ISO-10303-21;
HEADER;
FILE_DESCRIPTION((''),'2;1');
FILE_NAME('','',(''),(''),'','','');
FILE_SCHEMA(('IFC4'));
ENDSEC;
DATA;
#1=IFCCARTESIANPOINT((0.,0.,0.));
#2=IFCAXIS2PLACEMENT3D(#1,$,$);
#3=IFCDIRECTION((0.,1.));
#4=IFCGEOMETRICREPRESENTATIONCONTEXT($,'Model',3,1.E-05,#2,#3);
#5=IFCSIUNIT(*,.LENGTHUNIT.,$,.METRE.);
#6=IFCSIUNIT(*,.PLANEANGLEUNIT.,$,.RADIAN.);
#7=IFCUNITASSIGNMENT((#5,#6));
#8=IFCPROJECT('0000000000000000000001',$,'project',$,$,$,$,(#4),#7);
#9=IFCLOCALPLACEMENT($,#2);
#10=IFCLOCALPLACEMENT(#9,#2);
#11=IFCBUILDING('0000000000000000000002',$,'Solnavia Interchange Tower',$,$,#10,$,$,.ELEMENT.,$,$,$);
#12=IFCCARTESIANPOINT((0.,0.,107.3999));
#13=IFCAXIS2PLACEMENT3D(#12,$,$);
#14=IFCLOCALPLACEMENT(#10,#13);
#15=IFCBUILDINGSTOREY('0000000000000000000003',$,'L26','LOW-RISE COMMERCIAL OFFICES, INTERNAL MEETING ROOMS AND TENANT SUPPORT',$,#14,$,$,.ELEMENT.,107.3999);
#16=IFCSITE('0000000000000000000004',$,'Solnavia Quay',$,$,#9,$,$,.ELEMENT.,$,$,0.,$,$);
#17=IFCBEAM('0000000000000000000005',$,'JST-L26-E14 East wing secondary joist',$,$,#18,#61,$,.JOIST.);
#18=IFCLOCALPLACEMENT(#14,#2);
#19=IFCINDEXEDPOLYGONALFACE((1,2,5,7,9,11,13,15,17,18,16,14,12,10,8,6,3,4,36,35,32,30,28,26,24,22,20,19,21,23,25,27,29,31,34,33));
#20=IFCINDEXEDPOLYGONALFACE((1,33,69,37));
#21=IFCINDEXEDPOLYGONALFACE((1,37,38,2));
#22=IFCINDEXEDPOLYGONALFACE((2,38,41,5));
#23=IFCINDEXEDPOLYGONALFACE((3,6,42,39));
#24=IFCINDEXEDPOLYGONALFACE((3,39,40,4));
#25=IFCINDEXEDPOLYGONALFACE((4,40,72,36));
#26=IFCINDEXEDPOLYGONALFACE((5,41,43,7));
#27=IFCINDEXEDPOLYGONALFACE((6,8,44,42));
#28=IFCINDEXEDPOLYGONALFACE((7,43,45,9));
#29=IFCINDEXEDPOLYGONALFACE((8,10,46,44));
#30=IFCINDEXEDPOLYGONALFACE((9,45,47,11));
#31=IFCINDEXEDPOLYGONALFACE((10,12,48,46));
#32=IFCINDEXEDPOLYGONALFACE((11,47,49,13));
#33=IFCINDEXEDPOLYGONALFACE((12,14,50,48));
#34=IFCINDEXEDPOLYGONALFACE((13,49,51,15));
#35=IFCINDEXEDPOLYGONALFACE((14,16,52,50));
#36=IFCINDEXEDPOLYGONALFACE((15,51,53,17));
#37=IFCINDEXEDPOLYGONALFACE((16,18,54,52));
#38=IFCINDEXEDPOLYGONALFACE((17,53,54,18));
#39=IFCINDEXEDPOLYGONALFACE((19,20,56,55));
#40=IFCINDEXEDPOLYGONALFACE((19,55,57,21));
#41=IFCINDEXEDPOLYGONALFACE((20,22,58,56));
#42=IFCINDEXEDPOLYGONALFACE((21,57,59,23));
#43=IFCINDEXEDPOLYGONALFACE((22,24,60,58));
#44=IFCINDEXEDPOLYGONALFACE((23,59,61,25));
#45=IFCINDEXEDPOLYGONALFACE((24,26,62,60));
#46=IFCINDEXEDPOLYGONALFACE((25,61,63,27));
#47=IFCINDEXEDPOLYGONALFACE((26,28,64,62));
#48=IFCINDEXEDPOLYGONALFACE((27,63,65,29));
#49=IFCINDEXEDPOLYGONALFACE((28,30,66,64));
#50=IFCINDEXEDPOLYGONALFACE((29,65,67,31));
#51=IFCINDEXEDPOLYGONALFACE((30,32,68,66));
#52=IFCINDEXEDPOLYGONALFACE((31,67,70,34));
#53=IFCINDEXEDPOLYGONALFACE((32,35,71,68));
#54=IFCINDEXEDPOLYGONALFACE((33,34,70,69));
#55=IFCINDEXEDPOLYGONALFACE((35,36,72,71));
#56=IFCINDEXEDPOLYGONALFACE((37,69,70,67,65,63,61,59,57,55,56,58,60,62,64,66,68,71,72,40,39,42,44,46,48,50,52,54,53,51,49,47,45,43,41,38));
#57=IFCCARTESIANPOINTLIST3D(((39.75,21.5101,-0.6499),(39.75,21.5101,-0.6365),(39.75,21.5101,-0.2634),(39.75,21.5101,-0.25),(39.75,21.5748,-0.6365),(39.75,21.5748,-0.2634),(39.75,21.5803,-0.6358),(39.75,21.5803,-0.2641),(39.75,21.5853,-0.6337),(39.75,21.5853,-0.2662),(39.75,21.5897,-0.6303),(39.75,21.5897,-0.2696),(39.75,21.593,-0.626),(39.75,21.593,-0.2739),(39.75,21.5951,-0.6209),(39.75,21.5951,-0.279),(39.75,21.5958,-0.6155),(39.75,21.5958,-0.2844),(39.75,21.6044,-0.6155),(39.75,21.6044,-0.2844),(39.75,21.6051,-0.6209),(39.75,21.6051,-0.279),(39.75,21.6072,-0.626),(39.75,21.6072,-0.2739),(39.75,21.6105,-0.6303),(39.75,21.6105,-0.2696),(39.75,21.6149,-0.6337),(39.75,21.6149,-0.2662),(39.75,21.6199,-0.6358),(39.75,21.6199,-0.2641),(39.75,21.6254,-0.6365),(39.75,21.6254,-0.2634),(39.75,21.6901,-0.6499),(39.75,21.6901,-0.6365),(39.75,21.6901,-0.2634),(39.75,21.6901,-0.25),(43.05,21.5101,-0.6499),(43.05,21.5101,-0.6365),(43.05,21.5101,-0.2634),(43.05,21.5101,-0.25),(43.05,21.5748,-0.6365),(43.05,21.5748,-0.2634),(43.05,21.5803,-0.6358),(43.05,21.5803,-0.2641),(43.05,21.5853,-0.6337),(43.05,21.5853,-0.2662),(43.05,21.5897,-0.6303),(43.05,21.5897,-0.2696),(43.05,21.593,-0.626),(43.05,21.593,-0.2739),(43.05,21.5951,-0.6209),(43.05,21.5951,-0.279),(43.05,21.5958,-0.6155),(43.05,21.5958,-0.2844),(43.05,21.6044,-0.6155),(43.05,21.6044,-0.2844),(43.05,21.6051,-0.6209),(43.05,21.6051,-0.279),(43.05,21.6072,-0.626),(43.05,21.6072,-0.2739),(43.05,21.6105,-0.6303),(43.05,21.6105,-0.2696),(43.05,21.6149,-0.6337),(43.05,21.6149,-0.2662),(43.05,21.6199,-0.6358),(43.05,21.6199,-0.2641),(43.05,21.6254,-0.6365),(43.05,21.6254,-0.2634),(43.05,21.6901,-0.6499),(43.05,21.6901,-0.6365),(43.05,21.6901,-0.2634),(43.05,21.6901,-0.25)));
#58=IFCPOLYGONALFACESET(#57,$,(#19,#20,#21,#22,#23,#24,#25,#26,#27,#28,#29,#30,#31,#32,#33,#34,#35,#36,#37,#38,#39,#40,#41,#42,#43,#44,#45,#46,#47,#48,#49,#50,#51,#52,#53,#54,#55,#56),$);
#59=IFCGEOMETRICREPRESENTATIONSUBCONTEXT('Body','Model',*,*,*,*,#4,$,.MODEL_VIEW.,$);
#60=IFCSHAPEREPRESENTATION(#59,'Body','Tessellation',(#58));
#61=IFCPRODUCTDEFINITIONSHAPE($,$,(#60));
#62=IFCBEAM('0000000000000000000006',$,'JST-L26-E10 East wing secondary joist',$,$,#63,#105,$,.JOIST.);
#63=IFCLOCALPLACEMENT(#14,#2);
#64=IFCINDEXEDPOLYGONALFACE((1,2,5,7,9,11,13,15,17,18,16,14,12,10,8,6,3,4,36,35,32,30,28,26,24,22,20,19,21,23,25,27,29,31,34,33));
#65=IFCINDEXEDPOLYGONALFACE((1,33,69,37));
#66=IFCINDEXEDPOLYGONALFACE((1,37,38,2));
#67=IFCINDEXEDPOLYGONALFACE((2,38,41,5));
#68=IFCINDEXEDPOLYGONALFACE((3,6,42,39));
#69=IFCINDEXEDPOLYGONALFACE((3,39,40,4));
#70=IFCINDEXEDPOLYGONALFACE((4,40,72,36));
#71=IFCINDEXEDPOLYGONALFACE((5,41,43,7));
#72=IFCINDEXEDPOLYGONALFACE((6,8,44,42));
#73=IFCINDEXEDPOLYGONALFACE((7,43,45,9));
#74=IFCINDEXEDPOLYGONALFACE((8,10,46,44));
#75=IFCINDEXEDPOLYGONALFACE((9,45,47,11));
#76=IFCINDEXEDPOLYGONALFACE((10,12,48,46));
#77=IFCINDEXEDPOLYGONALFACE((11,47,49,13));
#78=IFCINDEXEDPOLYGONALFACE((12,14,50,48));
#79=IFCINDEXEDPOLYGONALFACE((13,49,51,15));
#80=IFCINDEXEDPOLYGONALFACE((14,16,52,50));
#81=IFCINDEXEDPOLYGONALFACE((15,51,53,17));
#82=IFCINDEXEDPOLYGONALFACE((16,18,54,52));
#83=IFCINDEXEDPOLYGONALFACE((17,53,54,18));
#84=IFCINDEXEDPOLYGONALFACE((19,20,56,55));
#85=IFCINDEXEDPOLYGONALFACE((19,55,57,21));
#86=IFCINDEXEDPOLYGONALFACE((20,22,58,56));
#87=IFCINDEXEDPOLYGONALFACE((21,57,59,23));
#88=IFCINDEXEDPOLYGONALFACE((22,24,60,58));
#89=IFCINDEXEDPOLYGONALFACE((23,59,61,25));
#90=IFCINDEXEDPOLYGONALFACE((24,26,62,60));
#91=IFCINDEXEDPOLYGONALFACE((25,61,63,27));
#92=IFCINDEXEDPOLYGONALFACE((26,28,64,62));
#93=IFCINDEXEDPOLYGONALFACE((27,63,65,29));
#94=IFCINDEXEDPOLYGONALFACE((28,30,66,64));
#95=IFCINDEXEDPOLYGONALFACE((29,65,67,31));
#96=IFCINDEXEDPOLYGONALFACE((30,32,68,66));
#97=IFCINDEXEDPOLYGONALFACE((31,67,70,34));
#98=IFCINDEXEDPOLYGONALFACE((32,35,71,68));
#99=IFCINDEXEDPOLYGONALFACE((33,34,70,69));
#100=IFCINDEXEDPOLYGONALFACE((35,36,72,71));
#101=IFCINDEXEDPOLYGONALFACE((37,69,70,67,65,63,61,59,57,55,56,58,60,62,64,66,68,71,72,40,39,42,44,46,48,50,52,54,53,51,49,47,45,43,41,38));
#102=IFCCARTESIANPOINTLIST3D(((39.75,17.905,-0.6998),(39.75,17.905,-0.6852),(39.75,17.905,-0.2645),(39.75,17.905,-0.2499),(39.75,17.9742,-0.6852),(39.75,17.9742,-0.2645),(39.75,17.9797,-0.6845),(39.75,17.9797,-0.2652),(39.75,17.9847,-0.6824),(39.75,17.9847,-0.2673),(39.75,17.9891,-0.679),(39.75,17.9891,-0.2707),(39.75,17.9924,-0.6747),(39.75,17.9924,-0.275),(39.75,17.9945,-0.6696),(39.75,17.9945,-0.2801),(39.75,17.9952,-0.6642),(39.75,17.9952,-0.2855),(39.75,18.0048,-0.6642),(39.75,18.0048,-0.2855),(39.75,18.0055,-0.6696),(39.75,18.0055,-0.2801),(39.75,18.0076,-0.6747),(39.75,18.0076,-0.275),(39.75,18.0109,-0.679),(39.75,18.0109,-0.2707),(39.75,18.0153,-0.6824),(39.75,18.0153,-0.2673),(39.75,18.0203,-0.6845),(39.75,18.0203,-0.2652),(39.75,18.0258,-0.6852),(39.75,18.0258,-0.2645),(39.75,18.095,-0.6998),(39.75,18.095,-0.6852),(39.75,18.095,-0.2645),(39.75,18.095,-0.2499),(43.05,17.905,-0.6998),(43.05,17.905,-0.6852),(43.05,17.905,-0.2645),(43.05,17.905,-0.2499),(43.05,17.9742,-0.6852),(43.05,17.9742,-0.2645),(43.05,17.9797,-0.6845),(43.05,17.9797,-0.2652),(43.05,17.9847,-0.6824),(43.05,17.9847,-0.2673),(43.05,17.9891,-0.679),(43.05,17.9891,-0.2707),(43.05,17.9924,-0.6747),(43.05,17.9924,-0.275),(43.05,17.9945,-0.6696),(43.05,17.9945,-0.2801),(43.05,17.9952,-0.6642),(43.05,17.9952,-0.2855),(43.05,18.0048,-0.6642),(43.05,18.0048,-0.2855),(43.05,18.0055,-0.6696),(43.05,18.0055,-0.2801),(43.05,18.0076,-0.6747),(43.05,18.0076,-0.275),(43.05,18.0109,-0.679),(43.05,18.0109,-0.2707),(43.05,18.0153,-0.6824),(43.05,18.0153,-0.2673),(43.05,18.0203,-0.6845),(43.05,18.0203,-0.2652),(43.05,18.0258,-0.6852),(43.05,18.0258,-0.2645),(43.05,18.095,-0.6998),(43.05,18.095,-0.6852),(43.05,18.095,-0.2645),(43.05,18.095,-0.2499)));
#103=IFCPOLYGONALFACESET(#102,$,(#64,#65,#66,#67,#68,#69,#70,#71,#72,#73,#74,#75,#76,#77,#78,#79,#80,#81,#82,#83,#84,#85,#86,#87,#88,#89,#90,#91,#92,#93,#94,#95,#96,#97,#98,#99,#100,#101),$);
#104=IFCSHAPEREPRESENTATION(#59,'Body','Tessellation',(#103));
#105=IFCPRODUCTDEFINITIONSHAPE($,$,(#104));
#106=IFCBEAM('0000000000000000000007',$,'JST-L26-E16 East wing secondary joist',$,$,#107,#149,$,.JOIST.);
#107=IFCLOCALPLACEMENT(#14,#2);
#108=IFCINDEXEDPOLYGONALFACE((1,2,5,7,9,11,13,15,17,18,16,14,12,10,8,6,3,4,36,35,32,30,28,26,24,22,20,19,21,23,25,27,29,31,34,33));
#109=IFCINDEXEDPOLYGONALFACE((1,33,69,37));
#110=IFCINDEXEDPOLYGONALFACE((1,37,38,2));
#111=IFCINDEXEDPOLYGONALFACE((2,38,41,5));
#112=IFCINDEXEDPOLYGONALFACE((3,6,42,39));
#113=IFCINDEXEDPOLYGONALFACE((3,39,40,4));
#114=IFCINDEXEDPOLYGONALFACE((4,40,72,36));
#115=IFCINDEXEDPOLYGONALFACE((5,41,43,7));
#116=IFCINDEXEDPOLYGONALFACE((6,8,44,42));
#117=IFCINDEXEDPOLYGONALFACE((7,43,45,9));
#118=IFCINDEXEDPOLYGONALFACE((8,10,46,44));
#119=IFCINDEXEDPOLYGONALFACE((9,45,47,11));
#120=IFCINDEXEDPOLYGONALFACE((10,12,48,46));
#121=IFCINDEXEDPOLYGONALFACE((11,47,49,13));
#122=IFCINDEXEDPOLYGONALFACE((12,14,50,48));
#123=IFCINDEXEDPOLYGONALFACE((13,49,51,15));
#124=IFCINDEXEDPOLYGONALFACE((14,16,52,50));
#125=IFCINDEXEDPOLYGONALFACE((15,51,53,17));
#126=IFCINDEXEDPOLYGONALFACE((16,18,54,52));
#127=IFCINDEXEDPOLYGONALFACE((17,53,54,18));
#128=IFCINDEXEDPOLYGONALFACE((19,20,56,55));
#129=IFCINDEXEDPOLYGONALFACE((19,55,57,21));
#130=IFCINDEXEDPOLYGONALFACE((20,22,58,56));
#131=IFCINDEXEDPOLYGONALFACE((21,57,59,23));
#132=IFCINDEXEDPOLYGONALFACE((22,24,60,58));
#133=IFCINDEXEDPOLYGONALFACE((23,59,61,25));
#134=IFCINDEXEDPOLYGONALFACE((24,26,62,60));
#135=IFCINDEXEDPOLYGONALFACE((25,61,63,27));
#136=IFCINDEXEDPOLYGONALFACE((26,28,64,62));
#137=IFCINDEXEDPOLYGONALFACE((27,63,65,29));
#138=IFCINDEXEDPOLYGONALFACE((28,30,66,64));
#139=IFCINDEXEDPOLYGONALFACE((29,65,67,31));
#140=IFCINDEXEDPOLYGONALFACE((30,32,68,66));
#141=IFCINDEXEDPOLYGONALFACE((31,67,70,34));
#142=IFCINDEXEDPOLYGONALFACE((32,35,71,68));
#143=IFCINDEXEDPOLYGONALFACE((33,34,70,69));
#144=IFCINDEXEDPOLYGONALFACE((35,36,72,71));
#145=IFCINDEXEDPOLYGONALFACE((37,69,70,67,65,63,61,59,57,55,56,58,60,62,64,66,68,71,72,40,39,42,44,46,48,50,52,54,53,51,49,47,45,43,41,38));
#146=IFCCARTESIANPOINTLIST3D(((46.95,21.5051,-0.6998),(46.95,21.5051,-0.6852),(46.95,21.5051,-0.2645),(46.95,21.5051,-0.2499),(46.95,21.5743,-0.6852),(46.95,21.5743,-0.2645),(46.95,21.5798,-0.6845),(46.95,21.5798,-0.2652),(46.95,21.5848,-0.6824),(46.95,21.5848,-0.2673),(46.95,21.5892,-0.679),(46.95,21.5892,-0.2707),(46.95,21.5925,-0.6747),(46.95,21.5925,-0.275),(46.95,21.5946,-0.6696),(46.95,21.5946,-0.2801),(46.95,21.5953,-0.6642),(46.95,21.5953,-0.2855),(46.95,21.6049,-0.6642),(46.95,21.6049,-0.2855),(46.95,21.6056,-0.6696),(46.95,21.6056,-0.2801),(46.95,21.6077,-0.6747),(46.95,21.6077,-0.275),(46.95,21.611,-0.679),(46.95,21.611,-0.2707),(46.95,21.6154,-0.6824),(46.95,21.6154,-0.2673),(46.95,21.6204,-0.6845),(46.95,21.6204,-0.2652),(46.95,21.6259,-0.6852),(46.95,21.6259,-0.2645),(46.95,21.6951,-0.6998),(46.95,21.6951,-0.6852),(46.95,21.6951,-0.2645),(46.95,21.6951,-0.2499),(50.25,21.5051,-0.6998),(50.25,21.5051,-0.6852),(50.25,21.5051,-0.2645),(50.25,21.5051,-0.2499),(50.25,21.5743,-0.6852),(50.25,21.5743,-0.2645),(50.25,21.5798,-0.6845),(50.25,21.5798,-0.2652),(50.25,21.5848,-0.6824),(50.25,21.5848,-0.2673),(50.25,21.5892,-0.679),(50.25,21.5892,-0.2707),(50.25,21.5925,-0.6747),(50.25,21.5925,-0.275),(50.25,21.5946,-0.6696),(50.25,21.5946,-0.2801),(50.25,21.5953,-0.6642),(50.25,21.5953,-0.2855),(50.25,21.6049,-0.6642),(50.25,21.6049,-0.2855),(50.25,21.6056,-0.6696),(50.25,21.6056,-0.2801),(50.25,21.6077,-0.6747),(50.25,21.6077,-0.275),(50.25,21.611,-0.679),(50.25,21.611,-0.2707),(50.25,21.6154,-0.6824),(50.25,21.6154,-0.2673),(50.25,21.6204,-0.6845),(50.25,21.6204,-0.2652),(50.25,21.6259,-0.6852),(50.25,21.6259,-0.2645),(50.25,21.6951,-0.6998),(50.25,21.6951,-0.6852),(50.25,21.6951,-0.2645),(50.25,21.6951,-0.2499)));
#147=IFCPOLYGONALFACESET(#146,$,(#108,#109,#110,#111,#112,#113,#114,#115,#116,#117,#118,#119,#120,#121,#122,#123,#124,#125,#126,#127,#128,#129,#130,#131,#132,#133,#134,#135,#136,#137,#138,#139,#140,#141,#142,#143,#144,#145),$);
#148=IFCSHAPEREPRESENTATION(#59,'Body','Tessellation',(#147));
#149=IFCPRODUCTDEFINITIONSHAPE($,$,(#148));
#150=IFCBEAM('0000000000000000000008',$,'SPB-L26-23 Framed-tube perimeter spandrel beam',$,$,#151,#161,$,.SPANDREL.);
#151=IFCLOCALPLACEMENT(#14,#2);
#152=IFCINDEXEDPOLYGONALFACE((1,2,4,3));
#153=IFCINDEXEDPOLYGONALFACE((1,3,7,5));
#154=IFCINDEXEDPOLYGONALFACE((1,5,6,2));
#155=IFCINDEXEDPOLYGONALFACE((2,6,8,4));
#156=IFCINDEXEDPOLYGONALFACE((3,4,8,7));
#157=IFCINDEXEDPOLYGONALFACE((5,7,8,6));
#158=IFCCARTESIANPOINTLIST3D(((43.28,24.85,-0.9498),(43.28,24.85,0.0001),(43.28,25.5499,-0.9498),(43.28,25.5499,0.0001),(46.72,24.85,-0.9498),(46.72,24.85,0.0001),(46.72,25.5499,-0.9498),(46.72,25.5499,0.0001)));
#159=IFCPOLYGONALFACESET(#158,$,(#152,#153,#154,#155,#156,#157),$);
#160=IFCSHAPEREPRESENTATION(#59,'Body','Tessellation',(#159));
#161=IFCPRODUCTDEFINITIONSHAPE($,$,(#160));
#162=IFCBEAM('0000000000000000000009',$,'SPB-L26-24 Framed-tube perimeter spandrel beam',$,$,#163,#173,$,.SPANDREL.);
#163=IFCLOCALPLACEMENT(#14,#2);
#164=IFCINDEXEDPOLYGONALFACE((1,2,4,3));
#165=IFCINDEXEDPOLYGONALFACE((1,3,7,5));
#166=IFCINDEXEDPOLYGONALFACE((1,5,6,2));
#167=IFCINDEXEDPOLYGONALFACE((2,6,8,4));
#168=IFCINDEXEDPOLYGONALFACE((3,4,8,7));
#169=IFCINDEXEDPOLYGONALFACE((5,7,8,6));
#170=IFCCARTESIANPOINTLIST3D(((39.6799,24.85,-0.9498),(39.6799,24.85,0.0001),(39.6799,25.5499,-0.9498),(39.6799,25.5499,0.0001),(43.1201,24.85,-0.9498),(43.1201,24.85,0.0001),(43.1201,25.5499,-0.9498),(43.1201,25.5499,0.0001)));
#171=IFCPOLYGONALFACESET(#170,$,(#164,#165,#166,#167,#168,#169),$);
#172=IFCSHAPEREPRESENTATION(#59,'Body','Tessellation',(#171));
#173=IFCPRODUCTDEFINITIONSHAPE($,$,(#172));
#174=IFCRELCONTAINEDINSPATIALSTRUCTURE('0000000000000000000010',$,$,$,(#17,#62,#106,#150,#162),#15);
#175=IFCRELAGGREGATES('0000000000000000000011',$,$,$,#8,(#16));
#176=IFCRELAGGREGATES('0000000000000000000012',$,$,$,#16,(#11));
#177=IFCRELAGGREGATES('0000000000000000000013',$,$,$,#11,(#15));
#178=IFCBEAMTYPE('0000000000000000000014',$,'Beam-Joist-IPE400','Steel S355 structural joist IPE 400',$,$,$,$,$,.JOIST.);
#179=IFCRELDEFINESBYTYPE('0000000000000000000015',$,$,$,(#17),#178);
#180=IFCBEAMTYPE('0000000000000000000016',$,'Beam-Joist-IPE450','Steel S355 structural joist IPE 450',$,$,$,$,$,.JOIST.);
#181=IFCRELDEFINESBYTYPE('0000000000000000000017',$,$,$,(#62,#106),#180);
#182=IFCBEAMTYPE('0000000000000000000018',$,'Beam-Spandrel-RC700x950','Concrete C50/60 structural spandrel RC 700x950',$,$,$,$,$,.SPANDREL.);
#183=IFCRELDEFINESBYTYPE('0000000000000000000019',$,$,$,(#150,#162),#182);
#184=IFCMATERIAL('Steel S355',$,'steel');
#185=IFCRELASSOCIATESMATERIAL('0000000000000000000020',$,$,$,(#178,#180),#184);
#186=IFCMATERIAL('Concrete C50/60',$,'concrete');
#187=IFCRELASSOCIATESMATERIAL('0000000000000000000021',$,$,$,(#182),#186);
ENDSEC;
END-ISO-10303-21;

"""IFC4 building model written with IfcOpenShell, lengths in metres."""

from ifc_helpers import new_model, si_unit, direction, frame, origin, origin_2d, place, context, subcontext, project, spatial, rectangle, i_section, extrude, material, material_profile, profile_set, type_object, element, save


model = new_model("IFC4")

# Units and contexts
model_context = context("Model", 3, precision=1e-05, world=origin(), true_north=direction((0.0, 1.0)))
body_context = subcontext(model_context, "Body", "Model", "MODEL_VIEW")
ifc_project = project(units=[si_unit("LENGTHUNIT", "METRE"), si_unit("PLANEANGLEUNIT", "RADIAN")], contexts=[model_context])

# Site, building, storey
site_placement = place(None, origin())
site = spatial("IfcSite", under=ifc_project, at=site_placement, Name="Solnavia Quay", CompositionType="ELEMENT", RefElevation=0.0)
building_placement = place(site_placement, origin())
building = spatial("IfcBuilding", under=site, at=building_placement, Name="Solnavia Interchange Tower", CompositionType="ELEMENT")
storey_placement = place(building_placement, frame((0.0, 0.0, 107.3999)))
storey = spatial("IfcBuildingStorey", under=building, at=storey_placement, Name="L26", Description="LOW-RISE COMMERCIAL OFFICES, INTERNAL MEETING ROOMS AND TENANT SUPPORT", CompositionType="ELEMENT", Elevation=107.3999)

# Shared definitions
ifc_material_1 = material(Name="Concrete C50/60", Category="concrete")

# Beams
ifc_material_2 = material(Name="Steel S355", Category="steel")
ifc_material_profile_1 = material_profile(ifc_material_2, i_section(OverallWidth=0.1799, OverallDepth=0.3999, WebThickness=0.0085, FlangeThickness=0.0134, FilletRadius=0.021, at=origin_2d()), Name="IPE 400")
ifc_profile_set_1 = profile_set([ifc_material_profile_1], Name="Steel S355")
beam_type_1 = type_object("IfcBeamType", Name="Beam-Joist-IPE400", Description="Steel S355 structural joist IPE 400", PredefinedType="JOIST", material=ifc_profile_set_1)
beam_1_placement = place(storey_placement, frame((39.75, 21.6001, -0.45), z_axis=(1.0, 0.0, 0.0), x_axis=(0.0, 1.0, 0.0)))
element("IfcBeam", 1, at=beam_1_placement, inside=storey, type_object=beam_type_1, Name="JST-L26-E14 East wing secondary joist", PredefinedType="JOIST", context=body_context, shape_type="SweptSolid", body=[
    extrude(i_section(OverallWidth=0.1799, OverallDepth=0.3999, WebThickness=0.0085, FlangeThickness=0.0134, FilletRadius=0.021, at=origin_2d()), origin(), (0.0, 0.0, 1.0), 3.3),
])
ifc_material_profile_2 = material_profile(ifc_material_2, i_section(OverallWidth=0.1899, OverallDepth=0.45, WebThickness=0.0095, FlangeThickness=0.0146, FilletRadius=0.021, at=origin_2d()), Name="IPE 450")
ifc_profile_set_2 = profile_set([ifc_material_profile_2], Name="Steel S355")
beam_type_2 = type_object("IfcBeamType", Name="Beam-Joist-IPE450", Description="Steel S355 structural joist IPE 450", PredefinedType="JOIST", material=ifc_profile_set_2)
for number, where, z_axis, x_axis, name in (
    (2, (39.75, 18.0, -0.4749), (1.0, 0.0, 0.0), (0.0, 1.0, 0.0), "JST-L26-E10 East wing secondary joist"),
    (3, (46.95, 21.6001, -0.4749), (1.0, 0.0, 0.0), (0.0, 1.0, 0.0), "JST-L26-E16 East wing secondary joist"),
):
    element("IfcBeam", number, at=place(storey_placement, frame(where, z_axis=z_axis, x_axis=x_axis)), inside=storey, type_object=beam_type_2, Name=name, PredefinedType="JOIST", context=body_context, shape_type="SweptSolid", body=[
        extrude(i_section(OverallWidth=0.1899, OverallDepth=0.45, WebThickness=0.0095, FlangeThickness=0.0146, FilletRadius=0.021, at=origin_2d()), origin(), (0.0, 0.0, 1.0), 3.3),
    ])
ifc_material_profile_3 = material_profile(ifc_material_1, rectangle(XDim=0.7, YDim=0.95, at=origin_2d()), Name="RC 700x950")
ifc_profile_set_3 = profile_set([ifc_material_profile_3], Name="Concrete C50/60")
beam_type_3 = type_object("IfcBeamType", Name="Beam-Spandrel-RC700x950", Description="Concrete C50/60 structural spandrel RC 700x950", PredefinedType="SPANDREL", material=ifc_profile_set_3)
beam_2_placement = place(storey_placement, frame((46.72, 25.2, -0.4749), z_axis=(-1.0, 0.0, 0.0), x_axis=(0.0, -1.0, 0.0)))
element("IfcBeam", 4, at=beam_2_placement, inside=storey, type_object=beam_type_3, Name="SPB-L26-23 Framed-tube perimeter spandrel beam", PredefinedType="SPANDREL", context=body_context, shape_type="SweptSolid", body=[
    extrude(rectangle(XDim=0.7, YDim=0.95, at=origin_2d()), origin(), (0.0, 0.0, 1.0), 3.4399),
])
beam_3_placement = place(storey_placement, frame((43.1201, 25.2, -0.4749), z_axis=(-1.0, 0.0, 0.0), x_axis=(0.0, -1.0, 0.0)))
element("IfcBeam", 5, at=beam_3_placement, inside=storey, type_object=beam_type_3, Name="SPB-L26-24 Framed-tube perimeter spandrel beam", PredefinedType="SPANDREL", context=body_context, shape_type="SweptSolid", body=[
    extrude(rectangle(XDim=0.7, YDim=0.95, at=origin_2d()), origin(), (0.0, 0.0, 1.0), 3.4402),
])

save(model, "model.ifc")
